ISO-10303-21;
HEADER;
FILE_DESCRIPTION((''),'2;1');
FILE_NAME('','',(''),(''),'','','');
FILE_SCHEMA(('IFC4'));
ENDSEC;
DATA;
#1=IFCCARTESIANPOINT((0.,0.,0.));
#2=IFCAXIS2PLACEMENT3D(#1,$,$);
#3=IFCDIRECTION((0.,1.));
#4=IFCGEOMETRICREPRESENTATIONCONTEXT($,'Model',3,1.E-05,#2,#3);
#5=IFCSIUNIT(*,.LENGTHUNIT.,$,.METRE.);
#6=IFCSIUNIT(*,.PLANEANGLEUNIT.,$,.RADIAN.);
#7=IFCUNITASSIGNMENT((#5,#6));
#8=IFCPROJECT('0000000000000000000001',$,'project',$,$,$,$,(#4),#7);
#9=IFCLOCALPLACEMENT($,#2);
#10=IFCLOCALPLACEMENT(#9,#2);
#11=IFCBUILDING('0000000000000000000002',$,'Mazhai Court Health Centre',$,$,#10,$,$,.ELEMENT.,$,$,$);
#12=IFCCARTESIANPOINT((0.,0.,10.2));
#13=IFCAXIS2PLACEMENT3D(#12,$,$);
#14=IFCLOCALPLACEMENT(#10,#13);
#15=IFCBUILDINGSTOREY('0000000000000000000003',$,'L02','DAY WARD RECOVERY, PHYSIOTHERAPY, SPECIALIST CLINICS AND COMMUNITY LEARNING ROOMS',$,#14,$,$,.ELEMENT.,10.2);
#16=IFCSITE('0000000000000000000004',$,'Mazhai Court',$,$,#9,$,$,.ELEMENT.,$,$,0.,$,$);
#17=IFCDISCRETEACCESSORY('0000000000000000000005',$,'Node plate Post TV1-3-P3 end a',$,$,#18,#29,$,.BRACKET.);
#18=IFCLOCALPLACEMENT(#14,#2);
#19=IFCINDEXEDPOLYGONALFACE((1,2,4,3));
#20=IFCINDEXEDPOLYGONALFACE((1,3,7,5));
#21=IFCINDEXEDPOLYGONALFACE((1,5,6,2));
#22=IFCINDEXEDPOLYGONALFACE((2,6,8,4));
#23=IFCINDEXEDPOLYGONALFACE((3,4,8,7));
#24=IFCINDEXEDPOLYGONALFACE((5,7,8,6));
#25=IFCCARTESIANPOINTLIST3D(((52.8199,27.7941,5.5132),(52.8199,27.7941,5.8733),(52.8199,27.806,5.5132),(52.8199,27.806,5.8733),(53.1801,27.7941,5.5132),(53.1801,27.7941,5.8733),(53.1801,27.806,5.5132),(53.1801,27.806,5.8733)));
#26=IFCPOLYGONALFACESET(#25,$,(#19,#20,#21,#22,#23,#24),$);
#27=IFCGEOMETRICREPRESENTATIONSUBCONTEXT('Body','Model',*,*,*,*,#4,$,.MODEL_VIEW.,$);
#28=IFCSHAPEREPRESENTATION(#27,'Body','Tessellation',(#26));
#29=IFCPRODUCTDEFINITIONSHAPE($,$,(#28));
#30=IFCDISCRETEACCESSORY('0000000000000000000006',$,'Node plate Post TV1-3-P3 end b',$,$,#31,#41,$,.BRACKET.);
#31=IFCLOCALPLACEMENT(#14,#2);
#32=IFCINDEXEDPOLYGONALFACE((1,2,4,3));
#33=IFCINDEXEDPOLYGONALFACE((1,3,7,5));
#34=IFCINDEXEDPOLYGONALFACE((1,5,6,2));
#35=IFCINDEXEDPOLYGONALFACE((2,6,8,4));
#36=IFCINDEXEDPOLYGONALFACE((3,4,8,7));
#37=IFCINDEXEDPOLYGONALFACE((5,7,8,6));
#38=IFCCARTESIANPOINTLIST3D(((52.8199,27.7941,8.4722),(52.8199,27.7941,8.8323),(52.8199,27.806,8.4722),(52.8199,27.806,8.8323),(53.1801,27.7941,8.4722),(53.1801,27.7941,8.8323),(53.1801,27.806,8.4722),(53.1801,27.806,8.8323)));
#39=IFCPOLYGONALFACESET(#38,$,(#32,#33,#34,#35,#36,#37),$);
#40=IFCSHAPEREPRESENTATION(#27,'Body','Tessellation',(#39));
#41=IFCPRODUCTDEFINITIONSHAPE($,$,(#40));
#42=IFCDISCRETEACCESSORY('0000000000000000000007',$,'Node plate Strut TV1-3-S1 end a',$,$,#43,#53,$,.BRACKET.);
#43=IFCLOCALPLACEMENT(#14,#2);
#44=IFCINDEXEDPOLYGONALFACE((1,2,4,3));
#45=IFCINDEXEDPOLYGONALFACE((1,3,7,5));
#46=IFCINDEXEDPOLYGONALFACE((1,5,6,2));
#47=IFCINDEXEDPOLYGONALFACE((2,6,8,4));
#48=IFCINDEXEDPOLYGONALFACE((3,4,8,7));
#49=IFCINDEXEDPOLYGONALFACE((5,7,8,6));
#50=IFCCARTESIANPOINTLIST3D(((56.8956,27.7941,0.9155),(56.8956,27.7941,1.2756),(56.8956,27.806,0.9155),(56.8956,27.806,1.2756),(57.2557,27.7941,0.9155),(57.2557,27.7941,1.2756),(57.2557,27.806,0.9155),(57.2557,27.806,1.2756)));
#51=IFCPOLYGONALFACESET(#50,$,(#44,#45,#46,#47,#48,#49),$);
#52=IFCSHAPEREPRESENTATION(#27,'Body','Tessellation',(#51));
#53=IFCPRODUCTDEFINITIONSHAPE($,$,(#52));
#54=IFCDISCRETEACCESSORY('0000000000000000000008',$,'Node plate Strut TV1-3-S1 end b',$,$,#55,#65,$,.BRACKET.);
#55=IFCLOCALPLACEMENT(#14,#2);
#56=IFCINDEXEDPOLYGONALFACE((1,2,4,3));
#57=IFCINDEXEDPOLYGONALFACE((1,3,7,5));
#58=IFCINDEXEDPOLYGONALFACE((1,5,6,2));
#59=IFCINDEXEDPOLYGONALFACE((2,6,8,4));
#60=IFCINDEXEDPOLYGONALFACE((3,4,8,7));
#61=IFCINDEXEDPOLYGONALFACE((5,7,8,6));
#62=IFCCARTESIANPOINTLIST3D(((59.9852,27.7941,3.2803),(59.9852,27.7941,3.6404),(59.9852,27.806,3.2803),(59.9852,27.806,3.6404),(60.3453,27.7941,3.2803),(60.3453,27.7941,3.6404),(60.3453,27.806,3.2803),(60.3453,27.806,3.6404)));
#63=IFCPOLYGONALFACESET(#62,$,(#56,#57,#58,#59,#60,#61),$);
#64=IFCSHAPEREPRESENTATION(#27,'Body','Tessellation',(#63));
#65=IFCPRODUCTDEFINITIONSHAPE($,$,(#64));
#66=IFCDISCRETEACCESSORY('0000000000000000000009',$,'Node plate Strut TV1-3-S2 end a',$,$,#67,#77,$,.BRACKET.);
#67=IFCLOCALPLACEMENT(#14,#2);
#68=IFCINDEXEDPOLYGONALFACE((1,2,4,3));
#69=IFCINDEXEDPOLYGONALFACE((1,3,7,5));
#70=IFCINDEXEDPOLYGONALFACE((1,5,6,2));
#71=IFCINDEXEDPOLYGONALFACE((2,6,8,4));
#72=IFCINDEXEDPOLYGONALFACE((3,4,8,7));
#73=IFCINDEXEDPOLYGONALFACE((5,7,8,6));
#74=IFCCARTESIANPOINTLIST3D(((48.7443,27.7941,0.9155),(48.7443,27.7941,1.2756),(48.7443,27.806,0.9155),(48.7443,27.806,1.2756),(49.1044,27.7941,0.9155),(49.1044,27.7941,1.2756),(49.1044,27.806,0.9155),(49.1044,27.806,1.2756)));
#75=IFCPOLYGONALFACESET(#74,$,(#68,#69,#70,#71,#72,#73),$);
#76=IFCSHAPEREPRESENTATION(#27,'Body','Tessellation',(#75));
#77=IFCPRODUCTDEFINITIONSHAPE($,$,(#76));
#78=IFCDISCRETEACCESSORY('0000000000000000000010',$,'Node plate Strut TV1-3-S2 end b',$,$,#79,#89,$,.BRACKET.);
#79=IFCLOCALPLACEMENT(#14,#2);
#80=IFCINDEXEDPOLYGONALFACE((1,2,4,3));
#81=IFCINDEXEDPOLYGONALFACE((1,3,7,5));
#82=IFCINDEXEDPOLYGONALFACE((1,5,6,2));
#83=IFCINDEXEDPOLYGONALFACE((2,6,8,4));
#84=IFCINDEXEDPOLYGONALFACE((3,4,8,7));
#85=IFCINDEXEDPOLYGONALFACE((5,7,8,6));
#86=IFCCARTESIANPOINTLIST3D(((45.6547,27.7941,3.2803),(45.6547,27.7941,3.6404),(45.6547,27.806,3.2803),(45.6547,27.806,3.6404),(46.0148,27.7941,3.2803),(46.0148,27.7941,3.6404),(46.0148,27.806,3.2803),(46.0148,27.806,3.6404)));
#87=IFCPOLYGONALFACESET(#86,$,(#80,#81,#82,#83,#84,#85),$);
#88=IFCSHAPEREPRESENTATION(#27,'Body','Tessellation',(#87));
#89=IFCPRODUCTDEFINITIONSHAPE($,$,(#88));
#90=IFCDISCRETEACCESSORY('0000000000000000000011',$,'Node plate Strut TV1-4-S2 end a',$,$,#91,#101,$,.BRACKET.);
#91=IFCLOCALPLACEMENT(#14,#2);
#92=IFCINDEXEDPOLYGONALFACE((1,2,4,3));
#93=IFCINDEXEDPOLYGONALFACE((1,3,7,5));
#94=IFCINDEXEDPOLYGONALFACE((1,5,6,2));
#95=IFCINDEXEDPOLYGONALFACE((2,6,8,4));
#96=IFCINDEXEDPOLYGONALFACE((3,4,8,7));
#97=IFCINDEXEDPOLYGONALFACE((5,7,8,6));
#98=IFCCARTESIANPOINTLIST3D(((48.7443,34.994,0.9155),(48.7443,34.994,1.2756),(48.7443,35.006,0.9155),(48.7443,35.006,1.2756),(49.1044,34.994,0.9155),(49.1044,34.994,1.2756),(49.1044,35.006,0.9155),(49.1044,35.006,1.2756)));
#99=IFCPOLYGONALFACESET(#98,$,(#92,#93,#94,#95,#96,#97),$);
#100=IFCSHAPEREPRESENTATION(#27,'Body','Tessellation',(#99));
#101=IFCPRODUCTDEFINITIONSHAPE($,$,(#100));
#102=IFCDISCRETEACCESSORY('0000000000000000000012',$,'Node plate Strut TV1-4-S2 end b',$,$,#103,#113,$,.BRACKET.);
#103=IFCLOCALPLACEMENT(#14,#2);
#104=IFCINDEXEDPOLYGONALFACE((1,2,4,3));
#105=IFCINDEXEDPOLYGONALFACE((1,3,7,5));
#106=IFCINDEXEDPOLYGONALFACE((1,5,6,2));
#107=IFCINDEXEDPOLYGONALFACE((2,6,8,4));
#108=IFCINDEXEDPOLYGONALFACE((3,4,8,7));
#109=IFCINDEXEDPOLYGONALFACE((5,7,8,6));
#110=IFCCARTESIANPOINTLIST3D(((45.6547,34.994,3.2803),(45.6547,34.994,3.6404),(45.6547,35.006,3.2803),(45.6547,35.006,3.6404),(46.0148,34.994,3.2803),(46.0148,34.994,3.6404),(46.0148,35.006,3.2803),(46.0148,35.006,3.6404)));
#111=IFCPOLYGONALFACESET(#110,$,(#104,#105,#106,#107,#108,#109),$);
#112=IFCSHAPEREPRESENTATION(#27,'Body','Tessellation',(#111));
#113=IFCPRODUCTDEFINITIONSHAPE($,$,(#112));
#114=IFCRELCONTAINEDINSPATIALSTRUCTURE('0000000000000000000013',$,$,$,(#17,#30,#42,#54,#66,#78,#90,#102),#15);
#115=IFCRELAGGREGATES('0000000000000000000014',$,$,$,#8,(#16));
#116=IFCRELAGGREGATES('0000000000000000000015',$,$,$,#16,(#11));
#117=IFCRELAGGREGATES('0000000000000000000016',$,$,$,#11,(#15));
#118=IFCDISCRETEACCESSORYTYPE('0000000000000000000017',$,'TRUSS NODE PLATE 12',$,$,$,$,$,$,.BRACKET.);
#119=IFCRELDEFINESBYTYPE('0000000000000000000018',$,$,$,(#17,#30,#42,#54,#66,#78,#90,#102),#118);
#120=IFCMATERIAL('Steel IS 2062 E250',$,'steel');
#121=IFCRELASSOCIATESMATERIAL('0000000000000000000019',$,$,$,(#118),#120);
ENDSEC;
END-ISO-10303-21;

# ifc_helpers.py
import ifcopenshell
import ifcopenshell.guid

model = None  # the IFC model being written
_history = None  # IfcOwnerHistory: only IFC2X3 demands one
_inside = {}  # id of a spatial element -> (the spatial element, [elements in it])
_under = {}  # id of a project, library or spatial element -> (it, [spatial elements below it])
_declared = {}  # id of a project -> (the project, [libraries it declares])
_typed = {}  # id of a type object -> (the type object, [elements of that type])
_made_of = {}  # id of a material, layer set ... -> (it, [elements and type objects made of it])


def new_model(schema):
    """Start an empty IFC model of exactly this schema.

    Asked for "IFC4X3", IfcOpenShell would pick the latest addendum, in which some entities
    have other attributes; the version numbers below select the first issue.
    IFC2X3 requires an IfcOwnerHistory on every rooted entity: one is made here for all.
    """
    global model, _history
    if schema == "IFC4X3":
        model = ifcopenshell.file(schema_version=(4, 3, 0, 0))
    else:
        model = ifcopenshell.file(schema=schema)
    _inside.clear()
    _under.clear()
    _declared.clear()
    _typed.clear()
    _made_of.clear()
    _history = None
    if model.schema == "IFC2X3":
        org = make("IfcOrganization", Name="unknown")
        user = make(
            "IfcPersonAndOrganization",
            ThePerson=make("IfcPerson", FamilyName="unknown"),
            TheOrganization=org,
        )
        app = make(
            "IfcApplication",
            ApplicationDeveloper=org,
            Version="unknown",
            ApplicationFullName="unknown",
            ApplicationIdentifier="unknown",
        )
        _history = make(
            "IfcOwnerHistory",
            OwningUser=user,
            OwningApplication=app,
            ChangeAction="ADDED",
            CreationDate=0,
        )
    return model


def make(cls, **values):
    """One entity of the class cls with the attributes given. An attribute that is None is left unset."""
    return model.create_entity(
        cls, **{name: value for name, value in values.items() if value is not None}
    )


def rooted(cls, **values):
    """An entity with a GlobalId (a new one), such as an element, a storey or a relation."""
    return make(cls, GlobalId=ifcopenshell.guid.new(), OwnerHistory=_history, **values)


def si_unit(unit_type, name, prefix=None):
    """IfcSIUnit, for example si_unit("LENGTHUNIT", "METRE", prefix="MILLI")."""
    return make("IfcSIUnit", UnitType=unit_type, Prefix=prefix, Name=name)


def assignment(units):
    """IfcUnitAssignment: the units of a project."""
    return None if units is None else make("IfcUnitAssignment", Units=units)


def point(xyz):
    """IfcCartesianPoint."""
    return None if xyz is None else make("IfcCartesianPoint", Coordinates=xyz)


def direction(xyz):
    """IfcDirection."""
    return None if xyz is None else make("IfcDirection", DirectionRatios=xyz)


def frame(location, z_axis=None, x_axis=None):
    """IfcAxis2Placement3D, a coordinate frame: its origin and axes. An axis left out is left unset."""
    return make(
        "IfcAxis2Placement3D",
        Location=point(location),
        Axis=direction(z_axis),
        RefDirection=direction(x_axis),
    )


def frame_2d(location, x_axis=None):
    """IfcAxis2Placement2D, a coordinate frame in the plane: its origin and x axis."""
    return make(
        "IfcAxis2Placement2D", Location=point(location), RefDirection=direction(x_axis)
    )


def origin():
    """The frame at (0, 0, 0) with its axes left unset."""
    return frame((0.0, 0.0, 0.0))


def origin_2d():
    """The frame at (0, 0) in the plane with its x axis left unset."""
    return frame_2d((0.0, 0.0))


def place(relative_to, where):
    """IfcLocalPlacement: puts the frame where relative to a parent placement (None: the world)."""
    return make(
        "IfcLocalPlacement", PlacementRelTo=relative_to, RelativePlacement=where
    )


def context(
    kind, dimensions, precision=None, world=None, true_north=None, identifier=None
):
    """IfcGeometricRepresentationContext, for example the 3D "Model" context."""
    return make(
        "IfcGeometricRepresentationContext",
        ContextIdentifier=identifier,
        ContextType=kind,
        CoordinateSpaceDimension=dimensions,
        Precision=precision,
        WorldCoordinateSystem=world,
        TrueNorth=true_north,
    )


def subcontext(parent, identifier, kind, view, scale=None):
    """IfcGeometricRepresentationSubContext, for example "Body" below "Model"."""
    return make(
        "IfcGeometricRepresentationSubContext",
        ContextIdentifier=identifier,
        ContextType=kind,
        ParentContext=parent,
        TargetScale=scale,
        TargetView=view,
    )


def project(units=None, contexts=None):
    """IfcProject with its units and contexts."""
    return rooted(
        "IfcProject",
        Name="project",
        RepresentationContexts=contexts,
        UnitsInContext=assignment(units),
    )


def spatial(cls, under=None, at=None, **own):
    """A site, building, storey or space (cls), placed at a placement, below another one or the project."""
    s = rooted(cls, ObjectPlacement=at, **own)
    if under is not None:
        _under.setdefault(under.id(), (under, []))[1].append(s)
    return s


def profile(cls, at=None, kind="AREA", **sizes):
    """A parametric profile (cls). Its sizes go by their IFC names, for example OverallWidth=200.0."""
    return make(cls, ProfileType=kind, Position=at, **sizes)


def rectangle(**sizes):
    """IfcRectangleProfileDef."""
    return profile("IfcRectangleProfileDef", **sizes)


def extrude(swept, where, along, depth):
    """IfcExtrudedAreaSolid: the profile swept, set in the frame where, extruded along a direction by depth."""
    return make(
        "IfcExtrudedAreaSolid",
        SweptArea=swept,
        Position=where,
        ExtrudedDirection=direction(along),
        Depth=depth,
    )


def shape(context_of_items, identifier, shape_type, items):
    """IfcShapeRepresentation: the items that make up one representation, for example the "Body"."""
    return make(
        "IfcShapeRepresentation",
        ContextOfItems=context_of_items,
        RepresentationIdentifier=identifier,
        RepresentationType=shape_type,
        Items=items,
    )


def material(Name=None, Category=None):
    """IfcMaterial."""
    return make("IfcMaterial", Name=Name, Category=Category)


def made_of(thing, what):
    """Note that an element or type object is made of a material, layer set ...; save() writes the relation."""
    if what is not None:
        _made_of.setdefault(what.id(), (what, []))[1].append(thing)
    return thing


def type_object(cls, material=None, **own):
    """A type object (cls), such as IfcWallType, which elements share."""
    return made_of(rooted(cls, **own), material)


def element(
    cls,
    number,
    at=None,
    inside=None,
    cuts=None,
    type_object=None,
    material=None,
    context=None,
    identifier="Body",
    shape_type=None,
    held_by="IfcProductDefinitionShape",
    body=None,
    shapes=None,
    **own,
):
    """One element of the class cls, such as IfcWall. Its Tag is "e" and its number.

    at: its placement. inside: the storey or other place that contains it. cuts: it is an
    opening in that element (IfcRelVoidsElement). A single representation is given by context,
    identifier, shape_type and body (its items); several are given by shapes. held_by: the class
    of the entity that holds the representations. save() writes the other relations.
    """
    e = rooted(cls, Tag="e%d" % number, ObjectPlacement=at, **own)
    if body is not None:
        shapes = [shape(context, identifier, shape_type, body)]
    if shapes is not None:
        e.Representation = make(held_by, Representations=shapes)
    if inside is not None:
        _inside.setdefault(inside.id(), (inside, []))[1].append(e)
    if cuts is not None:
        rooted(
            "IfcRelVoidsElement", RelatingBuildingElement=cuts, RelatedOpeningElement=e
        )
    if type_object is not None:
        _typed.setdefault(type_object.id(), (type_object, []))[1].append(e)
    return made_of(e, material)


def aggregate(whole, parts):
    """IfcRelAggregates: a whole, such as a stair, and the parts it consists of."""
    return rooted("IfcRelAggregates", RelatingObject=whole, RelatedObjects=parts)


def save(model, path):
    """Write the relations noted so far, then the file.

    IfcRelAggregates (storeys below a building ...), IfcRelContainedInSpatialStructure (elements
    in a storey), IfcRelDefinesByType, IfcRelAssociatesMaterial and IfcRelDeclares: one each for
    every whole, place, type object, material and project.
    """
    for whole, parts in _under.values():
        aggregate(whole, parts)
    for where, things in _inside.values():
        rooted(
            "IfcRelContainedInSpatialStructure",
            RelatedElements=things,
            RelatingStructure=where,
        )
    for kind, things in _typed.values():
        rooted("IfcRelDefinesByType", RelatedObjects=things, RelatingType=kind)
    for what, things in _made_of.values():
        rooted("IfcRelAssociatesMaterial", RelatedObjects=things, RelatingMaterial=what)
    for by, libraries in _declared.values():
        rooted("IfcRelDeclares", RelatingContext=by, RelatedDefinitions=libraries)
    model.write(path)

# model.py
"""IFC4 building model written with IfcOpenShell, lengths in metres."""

from ifc_helpers import new_model, si_unit, direction, frame, origin, origin_2d, place, context, subcontext, project, spatial, rectangle, extrude, material, type_object, element, save


model = new_model("IFC4")

# Units and contexts
model_context = context("Model", 3, precision=1e-05, world=origin(), true_north=direction((0.0, 1.0)))
body_context = subcontext(model_context, "Body", "Model", "MODEL_VIEW")
ifc_project = project(units=[si_unit("LENGTHUNIT", "METRE"), si_unit("PLANEANGLEUNIT", "RADIAN")], contexts=[model_context])

# Site, building, storey
site_placement = place(None, origin())
site = spatial("IfcSite", under=ifc_project, at=site_placement, Name="Mazhai Court", CompositionType="ELEMENT", RefElevation=0.0)
building_placement = place(site_placement, origin())
building = spatial("IfcBuilding", under=site, at=building_placement, Name="Mazhai Court Health Centre", CompositionType="ELEMENT")
storey_placement = place(building_placement, frame((0.0, 0.0, 10.2)))
storey = spatial("IfcBuildingStorey", under=building, at=storey_placement, Name="L02", Description="DAY WARD RECOVERY, PHYSIOTHERAPY, SPECIALIST CLINICS AND COMMUNITY LEARNING ROOMS", CompositionType="ELEMENT", Elevation=10.2)

# Discrete accessories
ifc_material_1 = material(Name="Steel IS 2062 E250", Category="steel")
discrete_accessory_type = type_object("IfcDiscreteAccessoryType", Name="TRUSS NODE PLATE 12", PredefinedType="BRACKET", material=ifc_material_1)
for number, where, z_axis, x_axis, name in (
    (1, (53.0, 27.8, 5.5132), (0.0, 0.0, 1.0), (1.0, 0.0, 0.0), "Node plate Post TV1-3-P3 end a"),
    (2, (53.0, 27.8, 8.4722), (0.0, 0.0, 1.0), (1.0, 0.0, 0.0), "Node plate Post TV1-3-P3 end b"),
    (3, (57.0757, 27.8, 0.9155), (0.0, 0.0, 1.0), (1.0, 0.0, 0.0), "Node plate Strut TV1-3-S1 end a"),
    (4, (60.1653, 27.8, 3.2803), (0.0, 0.0, 1.0), (1.0, 0.0, 0.0), "Node plate Strut TV1-3-S1 end b"),
    (5, (48.9243, 27.8, 0.9155), (0.0, 0.0, 1.0), (1.0, 0.0, 0.0), "Node plate Strut TV1-3-S2 end a"),
    (6, (45.8347, 27.8, 3.2803), (0.0, 0.0, 1.0), (1.0, 0.0, 0.0), "Node plate Strut TV1-3-S2 end b"),
    (7, (48.9243, 35.0, 0.9155), (0.0, 0.0, 1.0), (1.0, 0.0, 0.0), "Node plate Strut TV1-4-S2 end a"),
    (8, (45.8347, 35.0, 3.2803), (0.0, 0.0, 1.0), (1.0, 0.0, 0.0), "Node plate Strut TV1-4-S2 end b"),
):
    element("IfcDiscreteAccessory", number, at=place(storey_placement, frame(where, z_axis=z_axis, x_axis=x_axis)), inside=storey, type_object=discrete_accessory_type, Name=name, PredefinedType="BRACKET", context=body_context, shape_type="SweptSolid", body=[
        extrude(rectangle(XDim=0.3601, YDim=0.012, at=origin_2d()), origin(), (0.0, 0.0, 1.0), 0.3601),
    ])

save(model, "model.ifc")
